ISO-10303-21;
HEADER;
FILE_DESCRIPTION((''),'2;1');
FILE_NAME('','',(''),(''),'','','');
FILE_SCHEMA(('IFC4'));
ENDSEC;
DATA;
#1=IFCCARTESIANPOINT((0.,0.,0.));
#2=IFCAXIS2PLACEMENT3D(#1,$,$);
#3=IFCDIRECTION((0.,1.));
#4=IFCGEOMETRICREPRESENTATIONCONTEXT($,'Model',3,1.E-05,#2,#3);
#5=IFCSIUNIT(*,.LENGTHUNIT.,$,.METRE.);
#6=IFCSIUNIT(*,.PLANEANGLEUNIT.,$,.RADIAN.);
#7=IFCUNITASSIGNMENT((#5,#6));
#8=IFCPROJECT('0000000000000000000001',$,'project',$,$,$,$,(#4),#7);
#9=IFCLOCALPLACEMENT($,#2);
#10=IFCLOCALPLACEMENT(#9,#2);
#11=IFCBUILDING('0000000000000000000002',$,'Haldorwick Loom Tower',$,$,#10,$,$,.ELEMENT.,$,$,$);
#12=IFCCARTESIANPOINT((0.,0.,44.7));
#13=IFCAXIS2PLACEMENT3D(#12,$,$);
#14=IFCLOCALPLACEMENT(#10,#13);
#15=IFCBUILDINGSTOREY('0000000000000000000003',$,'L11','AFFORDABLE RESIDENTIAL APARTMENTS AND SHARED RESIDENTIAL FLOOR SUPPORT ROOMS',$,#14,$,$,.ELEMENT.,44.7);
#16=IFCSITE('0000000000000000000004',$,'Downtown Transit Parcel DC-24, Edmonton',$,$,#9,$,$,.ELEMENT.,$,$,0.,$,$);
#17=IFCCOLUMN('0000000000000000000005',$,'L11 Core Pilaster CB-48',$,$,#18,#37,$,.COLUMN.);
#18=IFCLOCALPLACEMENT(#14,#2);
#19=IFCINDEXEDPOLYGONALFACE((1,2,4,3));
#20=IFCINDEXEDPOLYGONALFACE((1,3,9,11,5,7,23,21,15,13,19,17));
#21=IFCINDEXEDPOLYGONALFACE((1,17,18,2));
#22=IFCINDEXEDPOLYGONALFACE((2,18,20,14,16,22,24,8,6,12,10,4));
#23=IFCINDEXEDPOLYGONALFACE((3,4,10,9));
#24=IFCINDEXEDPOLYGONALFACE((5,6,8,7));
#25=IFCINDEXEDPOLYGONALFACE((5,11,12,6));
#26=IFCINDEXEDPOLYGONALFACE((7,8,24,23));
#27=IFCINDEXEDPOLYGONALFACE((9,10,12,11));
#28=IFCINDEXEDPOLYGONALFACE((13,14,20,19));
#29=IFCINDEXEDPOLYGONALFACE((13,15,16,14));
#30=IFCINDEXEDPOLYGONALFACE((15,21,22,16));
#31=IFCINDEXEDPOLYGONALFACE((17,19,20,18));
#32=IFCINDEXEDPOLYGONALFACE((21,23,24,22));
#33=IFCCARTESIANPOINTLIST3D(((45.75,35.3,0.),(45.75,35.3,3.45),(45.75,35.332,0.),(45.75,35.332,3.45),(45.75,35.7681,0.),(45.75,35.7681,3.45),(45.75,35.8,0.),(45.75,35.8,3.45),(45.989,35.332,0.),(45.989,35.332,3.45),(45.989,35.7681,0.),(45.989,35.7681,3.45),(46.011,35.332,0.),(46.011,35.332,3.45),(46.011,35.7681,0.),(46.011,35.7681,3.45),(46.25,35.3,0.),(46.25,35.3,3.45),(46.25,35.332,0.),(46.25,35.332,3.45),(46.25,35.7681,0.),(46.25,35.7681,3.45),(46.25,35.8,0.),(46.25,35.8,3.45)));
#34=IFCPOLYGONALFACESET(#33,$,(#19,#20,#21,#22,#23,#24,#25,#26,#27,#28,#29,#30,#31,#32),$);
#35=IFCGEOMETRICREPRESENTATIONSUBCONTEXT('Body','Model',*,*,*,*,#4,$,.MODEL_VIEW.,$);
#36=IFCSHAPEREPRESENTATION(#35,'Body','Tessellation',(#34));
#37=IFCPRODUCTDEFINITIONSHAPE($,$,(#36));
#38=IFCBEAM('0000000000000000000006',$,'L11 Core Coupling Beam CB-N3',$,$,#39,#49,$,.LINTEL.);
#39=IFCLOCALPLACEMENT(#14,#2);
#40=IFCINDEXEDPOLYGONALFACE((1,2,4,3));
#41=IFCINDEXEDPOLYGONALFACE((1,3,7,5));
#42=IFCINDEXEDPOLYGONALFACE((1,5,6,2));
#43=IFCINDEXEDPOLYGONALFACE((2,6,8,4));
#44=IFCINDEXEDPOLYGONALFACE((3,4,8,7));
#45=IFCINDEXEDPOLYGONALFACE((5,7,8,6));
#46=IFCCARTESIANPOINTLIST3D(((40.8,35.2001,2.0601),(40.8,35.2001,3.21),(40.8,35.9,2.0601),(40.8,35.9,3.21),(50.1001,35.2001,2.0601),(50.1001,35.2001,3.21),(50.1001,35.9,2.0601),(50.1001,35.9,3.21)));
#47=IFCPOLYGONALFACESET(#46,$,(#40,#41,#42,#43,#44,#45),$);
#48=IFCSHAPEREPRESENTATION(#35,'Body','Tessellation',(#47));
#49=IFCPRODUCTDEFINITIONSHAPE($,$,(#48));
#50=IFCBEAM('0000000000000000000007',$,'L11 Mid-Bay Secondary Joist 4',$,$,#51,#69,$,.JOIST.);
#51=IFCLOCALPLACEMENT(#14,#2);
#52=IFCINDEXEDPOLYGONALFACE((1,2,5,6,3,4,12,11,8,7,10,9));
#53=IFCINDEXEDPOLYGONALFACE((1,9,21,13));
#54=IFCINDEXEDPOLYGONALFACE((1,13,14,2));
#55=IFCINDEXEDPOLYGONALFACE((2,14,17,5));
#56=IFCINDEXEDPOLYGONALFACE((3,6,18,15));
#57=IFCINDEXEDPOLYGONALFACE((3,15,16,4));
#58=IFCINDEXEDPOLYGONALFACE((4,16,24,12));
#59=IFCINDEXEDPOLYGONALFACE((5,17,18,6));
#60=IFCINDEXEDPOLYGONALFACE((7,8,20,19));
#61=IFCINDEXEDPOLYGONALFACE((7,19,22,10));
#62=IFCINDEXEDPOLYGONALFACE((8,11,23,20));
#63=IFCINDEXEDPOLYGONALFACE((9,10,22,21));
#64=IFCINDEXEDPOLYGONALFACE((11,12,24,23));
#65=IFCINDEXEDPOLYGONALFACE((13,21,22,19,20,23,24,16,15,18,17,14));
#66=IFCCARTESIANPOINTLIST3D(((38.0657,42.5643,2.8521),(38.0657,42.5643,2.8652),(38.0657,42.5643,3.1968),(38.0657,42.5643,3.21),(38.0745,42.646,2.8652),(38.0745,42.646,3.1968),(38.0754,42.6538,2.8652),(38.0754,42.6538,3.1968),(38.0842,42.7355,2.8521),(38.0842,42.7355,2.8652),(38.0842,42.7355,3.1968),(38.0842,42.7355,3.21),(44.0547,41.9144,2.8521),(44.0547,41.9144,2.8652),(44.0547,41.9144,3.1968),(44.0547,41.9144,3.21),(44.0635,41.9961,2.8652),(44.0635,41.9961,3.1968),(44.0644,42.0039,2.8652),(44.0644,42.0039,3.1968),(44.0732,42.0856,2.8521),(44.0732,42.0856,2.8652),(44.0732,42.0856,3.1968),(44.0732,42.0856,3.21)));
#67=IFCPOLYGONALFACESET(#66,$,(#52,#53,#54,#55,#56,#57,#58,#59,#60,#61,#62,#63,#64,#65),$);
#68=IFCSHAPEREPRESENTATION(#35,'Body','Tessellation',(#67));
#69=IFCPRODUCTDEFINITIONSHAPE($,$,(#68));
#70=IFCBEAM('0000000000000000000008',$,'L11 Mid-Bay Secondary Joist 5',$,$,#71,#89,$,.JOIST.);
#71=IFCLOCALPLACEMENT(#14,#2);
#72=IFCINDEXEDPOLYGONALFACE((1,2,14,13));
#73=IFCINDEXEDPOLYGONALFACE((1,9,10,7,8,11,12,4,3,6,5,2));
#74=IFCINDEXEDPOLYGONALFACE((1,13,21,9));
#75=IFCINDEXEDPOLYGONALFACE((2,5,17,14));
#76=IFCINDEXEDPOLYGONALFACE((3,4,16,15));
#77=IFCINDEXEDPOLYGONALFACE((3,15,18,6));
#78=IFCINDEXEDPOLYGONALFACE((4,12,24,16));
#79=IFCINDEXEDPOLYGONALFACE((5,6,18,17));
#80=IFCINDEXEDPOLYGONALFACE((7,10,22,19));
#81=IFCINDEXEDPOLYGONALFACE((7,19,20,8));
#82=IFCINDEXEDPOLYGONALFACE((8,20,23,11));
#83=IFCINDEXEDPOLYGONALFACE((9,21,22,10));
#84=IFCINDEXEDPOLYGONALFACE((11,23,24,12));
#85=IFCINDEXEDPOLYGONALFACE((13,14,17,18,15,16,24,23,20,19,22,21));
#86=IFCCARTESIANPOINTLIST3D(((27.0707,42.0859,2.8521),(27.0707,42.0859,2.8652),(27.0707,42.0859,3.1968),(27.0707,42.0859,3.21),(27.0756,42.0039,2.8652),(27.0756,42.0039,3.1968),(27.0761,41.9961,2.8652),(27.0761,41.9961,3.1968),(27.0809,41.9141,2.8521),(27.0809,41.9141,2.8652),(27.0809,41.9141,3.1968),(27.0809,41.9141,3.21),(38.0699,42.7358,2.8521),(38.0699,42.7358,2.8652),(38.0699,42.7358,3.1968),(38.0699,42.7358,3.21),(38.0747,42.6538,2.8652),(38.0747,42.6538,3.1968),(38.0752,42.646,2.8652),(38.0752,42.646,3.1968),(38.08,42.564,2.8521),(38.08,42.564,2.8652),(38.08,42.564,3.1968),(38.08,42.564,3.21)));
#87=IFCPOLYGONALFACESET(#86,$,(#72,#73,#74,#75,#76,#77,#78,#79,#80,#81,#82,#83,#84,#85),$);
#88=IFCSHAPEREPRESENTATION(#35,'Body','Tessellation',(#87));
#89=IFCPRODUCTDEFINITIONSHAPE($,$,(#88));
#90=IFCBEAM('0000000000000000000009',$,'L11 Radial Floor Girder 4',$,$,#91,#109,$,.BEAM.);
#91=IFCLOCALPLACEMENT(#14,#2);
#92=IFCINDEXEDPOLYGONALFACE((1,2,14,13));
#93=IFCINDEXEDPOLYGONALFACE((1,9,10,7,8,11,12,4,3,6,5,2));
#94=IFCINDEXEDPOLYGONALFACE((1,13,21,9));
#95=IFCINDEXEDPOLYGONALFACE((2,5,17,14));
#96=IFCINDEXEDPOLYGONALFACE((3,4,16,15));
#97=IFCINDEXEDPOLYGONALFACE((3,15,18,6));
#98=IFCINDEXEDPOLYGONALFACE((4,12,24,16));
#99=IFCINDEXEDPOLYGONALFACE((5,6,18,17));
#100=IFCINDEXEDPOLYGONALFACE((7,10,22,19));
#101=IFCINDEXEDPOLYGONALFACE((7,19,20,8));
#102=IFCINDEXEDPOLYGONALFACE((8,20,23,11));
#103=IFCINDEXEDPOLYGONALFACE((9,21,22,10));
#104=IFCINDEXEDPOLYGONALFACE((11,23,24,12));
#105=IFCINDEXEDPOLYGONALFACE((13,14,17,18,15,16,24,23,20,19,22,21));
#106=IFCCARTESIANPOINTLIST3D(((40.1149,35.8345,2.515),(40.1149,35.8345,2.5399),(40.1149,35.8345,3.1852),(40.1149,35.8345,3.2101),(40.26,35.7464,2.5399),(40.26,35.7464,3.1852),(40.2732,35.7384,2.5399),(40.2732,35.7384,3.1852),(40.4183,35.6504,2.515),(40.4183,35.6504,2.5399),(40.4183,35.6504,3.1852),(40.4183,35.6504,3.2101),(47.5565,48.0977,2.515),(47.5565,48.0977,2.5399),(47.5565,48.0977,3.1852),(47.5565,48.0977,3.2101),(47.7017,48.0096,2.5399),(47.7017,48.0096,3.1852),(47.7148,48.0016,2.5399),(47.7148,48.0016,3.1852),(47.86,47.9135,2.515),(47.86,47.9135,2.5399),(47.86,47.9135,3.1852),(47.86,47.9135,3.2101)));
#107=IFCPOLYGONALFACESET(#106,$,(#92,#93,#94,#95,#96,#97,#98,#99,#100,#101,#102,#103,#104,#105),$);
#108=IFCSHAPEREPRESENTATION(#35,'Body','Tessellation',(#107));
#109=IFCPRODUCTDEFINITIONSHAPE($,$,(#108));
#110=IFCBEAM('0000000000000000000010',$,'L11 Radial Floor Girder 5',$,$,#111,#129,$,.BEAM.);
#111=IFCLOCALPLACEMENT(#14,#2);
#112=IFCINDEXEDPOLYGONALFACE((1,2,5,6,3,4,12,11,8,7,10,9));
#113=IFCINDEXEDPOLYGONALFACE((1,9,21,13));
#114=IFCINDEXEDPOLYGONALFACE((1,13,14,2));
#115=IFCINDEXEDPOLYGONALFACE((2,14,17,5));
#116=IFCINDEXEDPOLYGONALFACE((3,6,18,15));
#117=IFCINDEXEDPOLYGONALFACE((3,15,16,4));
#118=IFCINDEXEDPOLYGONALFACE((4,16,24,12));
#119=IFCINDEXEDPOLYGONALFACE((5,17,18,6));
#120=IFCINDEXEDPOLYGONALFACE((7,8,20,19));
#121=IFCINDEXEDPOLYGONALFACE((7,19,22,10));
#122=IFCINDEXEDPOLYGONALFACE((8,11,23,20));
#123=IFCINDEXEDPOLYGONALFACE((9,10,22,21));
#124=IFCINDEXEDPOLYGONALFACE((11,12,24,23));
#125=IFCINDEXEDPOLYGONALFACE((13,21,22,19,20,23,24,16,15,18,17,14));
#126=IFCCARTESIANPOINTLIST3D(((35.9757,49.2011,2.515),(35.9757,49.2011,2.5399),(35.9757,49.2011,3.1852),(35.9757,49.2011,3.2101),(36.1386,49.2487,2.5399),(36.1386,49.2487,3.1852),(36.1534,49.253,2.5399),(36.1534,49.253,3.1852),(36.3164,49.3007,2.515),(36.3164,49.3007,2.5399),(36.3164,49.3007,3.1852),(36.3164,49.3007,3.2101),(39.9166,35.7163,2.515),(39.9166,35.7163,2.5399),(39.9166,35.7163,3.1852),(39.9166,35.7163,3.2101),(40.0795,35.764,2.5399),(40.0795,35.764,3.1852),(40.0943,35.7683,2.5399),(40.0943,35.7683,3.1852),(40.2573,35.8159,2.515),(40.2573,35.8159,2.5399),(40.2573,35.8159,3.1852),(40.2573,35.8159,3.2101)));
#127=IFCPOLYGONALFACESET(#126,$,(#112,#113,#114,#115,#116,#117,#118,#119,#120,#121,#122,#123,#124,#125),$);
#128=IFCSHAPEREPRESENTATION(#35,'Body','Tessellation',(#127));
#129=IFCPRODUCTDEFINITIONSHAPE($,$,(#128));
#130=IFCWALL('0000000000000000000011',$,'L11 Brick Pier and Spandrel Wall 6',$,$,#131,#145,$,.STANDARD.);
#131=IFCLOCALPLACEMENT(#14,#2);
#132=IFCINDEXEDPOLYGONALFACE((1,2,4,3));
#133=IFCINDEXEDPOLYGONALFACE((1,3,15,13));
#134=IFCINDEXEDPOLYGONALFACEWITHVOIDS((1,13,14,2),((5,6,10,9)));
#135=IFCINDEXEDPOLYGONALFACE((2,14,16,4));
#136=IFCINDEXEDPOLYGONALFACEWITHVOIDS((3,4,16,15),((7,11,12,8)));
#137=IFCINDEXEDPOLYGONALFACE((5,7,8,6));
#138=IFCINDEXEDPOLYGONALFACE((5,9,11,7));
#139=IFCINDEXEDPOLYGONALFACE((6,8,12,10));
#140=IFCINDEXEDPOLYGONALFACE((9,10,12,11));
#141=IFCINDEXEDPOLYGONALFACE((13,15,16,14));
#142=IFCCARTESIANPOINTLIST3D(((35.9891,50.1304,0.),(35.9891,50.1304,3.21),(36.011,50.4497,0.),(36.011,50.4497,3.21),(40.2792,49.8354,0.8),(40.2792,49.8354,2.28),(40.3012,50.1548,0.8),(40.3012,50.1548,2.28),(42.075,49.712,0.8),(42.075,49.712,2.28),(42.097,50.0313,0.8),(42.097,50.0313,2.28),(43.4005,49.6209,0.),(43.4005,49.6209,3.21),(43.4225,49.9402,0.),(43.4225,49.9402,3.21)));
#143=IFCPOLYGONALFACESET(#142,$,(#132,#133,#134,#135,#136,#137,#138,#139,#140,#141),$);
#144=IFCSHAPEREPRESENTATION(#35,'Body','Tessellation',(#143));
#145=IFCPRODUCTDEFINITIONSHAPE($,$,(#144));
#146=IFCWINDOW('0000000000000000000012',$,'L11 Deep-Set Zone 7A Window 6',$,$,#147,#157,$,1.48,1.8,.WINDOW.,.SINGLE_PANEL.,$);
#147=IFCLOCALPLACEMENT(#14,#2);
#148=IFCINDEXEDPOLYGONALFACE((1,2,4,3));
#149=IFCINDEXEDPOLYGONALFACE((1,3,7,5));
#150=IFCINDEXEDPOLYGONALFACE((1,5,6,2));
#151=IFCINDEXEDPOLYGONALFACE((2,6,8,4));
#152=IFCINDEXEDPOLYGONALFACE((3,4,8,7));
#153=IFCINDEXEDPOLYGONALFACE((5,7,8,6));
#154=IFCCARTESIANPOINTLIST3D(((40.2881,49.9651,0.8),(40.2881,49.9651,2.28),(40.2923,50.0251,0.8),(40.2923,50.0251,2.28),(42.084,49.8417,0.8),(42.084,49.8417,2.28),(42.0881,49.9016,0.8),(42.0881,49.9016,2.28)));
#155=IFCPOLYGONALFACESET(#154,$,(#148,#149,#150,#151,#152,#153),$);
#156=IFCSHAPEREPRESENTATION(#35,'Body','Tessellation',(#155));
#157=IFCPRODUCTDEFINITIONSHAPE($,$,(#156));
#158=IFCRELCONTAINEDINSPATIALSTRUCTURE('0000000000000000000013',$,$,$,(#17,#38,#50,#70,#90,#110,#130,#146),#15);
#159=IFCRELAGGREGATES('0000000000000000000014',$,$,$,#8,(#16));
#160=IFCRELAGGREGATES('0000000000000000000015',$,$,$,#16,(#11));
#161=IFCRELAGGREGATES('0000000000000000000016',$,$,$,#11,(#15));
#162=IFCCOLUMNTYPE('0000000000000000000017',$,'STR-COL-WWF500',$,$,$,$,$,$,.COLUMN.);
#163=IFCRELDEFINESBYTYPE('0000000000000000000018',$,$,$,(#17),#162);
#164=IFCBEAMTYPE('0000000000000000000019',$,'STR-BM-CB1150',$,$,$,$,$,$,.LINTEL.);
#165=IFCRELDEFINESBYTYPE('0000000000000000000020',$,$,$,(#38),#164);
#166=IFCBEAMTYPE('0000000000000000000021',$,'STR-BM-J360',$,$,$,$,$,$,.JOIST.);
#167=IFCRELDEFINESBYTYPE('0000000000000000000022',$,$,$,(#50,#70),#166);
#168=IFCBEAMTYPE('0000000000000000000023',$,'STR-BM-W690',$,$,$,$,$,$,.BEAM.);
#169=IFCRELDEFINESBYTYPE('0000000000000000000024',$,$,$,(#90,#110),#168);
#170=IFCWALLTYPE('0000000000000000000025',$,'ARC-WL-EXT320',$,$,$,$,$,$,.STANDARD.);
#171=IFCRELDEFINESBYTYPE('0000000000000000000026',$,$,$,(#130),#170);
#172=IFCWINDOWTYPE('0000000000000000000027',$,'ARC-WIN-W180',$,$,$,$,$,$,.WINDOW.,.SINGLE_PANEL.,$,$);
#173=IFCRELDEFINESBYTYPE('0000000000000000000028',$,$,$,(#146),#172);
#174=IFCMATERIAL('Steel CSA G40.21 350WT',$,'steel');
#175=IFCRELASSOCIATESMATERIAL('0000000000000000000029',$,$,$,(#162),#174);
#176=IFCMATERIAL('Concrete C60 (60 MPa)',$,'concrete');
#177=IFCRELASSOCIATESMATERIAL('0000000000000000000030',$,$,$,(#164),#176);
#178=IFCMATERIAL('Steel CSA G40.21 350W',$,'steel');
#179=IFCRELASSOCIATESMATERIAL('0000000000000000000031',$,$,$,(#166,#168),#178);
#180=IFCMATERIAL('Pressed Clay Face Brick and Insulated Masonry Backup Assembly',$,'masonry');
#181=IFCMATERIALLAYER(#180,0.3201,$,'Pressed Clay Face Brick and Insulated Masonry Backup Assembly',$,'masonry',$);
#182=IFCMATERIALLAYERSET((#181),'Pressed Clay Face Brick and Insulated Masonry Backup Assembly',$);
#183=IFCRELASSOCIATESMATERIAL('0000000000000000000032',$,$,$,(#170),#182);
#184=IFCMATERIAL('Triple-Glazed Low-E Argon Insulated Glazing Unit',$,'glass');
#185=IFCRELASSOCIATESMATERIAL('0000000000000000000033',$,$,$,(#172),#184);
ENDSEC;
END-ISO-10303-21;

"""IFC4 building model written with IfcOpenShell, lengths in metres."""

from ifc_helpers import new_model, si_unit, direction, frame, frame_2d, origin, origin_2d, place, context, subcontext, project, spatial, rectangle, i_section, extrude, material, layer, layer_set, material_profile, profile_set, type_object, element, fill, save


model = new_model("IFC4")

# Units and contexts
model_context = context("Model", 3, precision=1e-05, world=origin(), true_north=direction((0.0, 1.0)))
body_context = subcontext(model_context, "Body", "Model", "MODEL_VIEW")
ifc_project = project(units=[si_unit("LENGTHUNIT", "METRE"), si_unit("PLANEANGLEUNIT", "RADIAN")], contexts=[model_context])

# Site, building, storey
site_placement = place(None, origin())
site = spatial("IfcSite", under=ifc_project, at=site_placement, Name="Downtown Transit Parcel DC-24, Edmonton", CompositionType="ELEMENT", RefElevation=0.0)
building_placement = place(site_placement, origin())
building = spatial("IfcBuilding", under=site, at=building_placement, Name="Haldorwick Loom Tower", CompositionType="ELEMENT")
storey_placement = place(building_placement, frame((0.0, 0.0, 44.7)))
storey = spatial("IfcBuildingStorey", under=building, at=storey_placement, Name="L11", Description="AFFORDABLE RESIDENTIAL APARTMENTS AND SHARED RESIDENTIAL FLOOR SUPPORT ROOMS", CompositionType="ELEMENT", Elevation=44.7)

# Column
ifc_material_1 = material(Name="Concrete C60 (60 MPa)", Category="concrete")
ifc_material_2 = material(Name="Steel CSA G40.21 350WT", Category="steel")
ifc_material_profile_1 = material_profile(ifc_material_2, i_section(OverallWidth=0.5, OverallDepth=0.5, WebThickness=0.022, FlangeThickness=0.032, at=origin_2d()), Name="WWF500X500", Category="steel")
ifc_profile_set_1 = profile_set([ifc_material_profile_1], Name="Steel CSA G40.21 350WT")
column_type_1 = type_object("IfcColumnType", Name="STR-COL-WWF500", PredefinedType="COLUMN", material=ifc_profile_set_1)
for number, where, z_axis, x_axis, name in (
    (1, (46.0, 35.55, 0.0), (0.0, 0.0, 1.0), (1.0, 0.0, 0.0), "L11 Core Pilaster CB-48"),
):
    element("IfcColumn", number, at=place(storey_placement, frame(where, z_axis=z_axis, x_axis=x_axis)), inside=storey, type_object=column_type_1, Name=name, PredefinedType="COLUMN", context=body_context, shape_type="SweptSolid", body=[
        extrude(i_section(OverallWidth=0.5, OverallDepth=0.5, WebThickness=0.022, FlangeThickness=0.032, at=origin_2d()), origin(), (0.0, 0.0, 1.0), 3.45),
    ])

# Beams
ifc_material_profile_2 = material_profile(ifc_material_1, rectangle(XDim=0.7, YDim=1.1499, at=origin_2d()), Name="RC700X1150", Category="concrete")
ifc_profile_set_2 = profile_set([ifc_material_profile_2], Name="Concrete C60 (60 MPa)")
beam_type_1 = type_object("IfcBeamType", Name="STR-BM-CB1150", PredefinedType="LINTEL", material=ifc_profile_set_2)
beam_1_placement = place(storey_placement, frame((40.8, 35.55, 2.635), z_axis=(1.0, 0.0, 0.0), x_axis=(0.0, 1.0, 0.0)))
element("IfcBeam", 2, at=beam_1_placement, inside=storey, type_object=beam_type_1, Name="L11 Core Coupling Beam CB-N3", PredefinedType="LINTEL", context=body_context, shape_type="SweptSolid", body=[
    extrude(rectangle(XDim=0.7, YDim=1.1499, at=origin_2d()), origin(), (0.0, 0.0, 1.0), 9.3),
])
ifc_material_3 = material(Name="Steel CSA G40.21 350W", Category="steel")
ifc_material_profile_3 = material_profile(ifc_material_3, i_section(OverallWidth=0.1721, OverallDepth=0.3579, WebThickness=0.0078, FlangeThickness=0.0132, at=origin_2d()), Name="W360X57", Category="steel")
ifc_profile_set_3 = profile_set([ifc_material_profile_3], Name="Steel CSA G40.21 350W")
beam_type_2 = type_object("IfcBeamType", Name="STR-BM-J360", PredefinedType="JOIST", material=ifc_profile_set_3)
beam_2_placement = place(storey_placement, frame((44.064, 42.0, 3.031), z_axis=(-0.994164, 0.107882, 0.0), x_axis=(-0.107882, -0.994164, 0.0)))
element("IfcBeam", 3, at=beam_2_placement, inside=storey, type_object=beam_type_2, Name="L11 Mid-Bay Secondary Joist 4", PredefinedType="JOIST", context=body_context, shape_type="SweptSolid", body=[
    extrude(i_section(OverallWidth=0.1721, OverallDepth=0.3579, WebThickness=0.0078, FlangeThickness=0.0132, at=origin_2d()), origin(), (0.0, 0.0, 1.0), 6.0242),
])
beam_3_placement = place(storey_placement, frame((38.075, 42.6499, 3.031), z_axis=(-0.998259, -0.058984, 0.0), x_axis=(0.058984, -0.998259, 0.0)))
element("IfcBeam", 4, at=beam_3_placement, inside=storey, type_object=beam_type_2, Name="L11 Mid-Bay Secondary Joist 5", PredefinedType="JOIST", context=body_context, shape_type="SweptSolid", body=[
    extrude(i_section(OverallWidth=0.1721, OverallDepth=0.3579, WebThickness=0.0078, FlangeThickness=0.0132, at=origin_2d()), origin(), (0.0, 0.0, 1.0), 11.0183),
])
ifc_material_profile_4 = material_profile(ifc_material_3, i_section(OverallWidth=0.355, OverallDepth=0.6951, WebThickness=0.0154, FlangeThickness=0.0249, at=origin_2d()), Name="W690X217", Category="steel")
ifc_profile_set_4 = profile_set([ifc_material_profile_4], Name="Steel CSA G40.21 350W")
beam_type_3 = type_object("IfcBeamType", Name="STR-BM-W690", PredefinedType="BEAM", material=ifc_profile_set_4)
beam_4_placement = place(storey_placement, frame((40.2666, 35.7424, 2.8625), z_axis=(0.518782, 0.854907, 0.0), x_axis=(-0.854907, 0.518782, 0.0)))
element("IfcBeam", 5, at=beam_4_placement, inside=storey, type_object=beam_type_3, Name="L11 Radial Floor Girder 4", PredefinedType="BEAM", context=body_context, shape_type="SweptSolid", body=[
    extrude(i_section(OverallWidth=0.355, OverallDepth=0.6951, WebThickness=0.0154, FlangeThickness=0.0249, at=origin_2d()), origin(), (0.0, 0.0, 1.0), 14.3445),
])
beam_5_placement = place(storey_placement, frame((40.0869, 35.7661, 2.8625), z_axis=(-0.280514, 0.95985, 0.0), x_axis=(-0.95985, -0.280514, 0.0)))
element("IfcBeam", 6, at=beam_5_placement, inside=storey, type_object=beam_type_3, Name="L11 Radial Floor Girder 5", PredefinedType="BEAM", context=body_context, shape_type="SweptSolid", body=[
    extrude(i_section(OverallWidth=0.355, OverallDepth=0.6951, WebThickness=0.0154, FlangeThickness=0.0249, at=origin_2d()), origin(), (0.0, 0.0, 1.0), 14.0488),
])

# Wall, opening, window
ifc_material_4 = material(Name="Pressed Clay Face Brick and Insulated Masonry Backup Assembly", Category="masonry")
ifc_layer_1 = layer(ifc_material_4, 0.3201, Name="Pressed Clay Face Brick and Insulated Masonry Backup Assembly", Category="masonry")
ifc_layer_set_1 = layer_set([ifc_layer_1], Name="Pressed Clay Face Brick and Insulated Masonry Backup Assembly")
wall_type_1 = type_object("IfcWallType", Name="ARC-WL-EXT320", PredefinedType="STANDARD", material=ifc_layer_set_1)
wall_1_placement = place(storey_placement, frame((43.4114, 49.7805, 0.0), z_axis=(0.0, 0.0, 1.0), x_axis=(-0.997645, 0.068587, 0.0)))
wall_1 = element("IfcWall", 7, at=wall_1_placement, inside=storey, type_object=wall_type_1, Name="L11 Brick Pier and Spandrel Wall 6", PredefinedType="STANDARD", context=body_context, shape_type="SweptSolid", body=[
    extrude(rectangle(XDim=7.429, YDim=0.3201, at=frame_2d((3.7144, 0.0))), origin(), (0.0, 0.0, 1.0), 3.21),
])
opening_1_placement = place(wall_1_placement, frame((1.3286, 0.0, 0.8)))
opening_1 = element("IfcOpeningElement", 8, at=opening_1_placement, cuts=wall_1, PredefinedType="OPENING", context=body_context, shape_type="SweptSolid", body=[
    extrude(rectangle(XDim=1.8, YDim=1.48, at=frame_2d((0.8999, 0.74))), frame((0.0, 0.1699, 0.0), z_axis=(0.0, -1.0, 0.0), x_axis=(1.0, 0.0, 0.0)), (0.0, 0.0, 1.0), 0.3401),
])
ifc_material_5 = material(Name="Triple-Glazed Low-E Argon Insulated Glazing Unit", Category="glass")
window_type = type_object("IfcWindowType", Name="ARC-WIN-W180", PartitioningType="SINGLE_PANEL", PredefinedType="WINDOW", material=ifc_material_5)
window_1_placement = place(opening_1_placement, origin())
window_1 = element("IfcWindow", 9, at=window_1_placement, inside=storey, type_object=window_type, Name="L11 Deep-Set Zone 7A Window 6", OverallHeight=1.48, OverallWidth=1.8, PartitioningType="SINGLE_PANEL", PredefinedType="WINDOW", context=body_context, shape_type="SweptSolid", body=[
    extrude(rectangle(XDim=1.8, YDim=1.48, at=frame_2d((0.8999, 0.74))), frame((0.0, 0.03, 0.0), z_axis=(0.0, -1.0, 0.0), x_axis=(1.0, 0.0, 0.0)), (0.0, 0.0, 1.0), 0.0601),
])
fill(opening_1, window_1)

save(model, "model.ifc")
